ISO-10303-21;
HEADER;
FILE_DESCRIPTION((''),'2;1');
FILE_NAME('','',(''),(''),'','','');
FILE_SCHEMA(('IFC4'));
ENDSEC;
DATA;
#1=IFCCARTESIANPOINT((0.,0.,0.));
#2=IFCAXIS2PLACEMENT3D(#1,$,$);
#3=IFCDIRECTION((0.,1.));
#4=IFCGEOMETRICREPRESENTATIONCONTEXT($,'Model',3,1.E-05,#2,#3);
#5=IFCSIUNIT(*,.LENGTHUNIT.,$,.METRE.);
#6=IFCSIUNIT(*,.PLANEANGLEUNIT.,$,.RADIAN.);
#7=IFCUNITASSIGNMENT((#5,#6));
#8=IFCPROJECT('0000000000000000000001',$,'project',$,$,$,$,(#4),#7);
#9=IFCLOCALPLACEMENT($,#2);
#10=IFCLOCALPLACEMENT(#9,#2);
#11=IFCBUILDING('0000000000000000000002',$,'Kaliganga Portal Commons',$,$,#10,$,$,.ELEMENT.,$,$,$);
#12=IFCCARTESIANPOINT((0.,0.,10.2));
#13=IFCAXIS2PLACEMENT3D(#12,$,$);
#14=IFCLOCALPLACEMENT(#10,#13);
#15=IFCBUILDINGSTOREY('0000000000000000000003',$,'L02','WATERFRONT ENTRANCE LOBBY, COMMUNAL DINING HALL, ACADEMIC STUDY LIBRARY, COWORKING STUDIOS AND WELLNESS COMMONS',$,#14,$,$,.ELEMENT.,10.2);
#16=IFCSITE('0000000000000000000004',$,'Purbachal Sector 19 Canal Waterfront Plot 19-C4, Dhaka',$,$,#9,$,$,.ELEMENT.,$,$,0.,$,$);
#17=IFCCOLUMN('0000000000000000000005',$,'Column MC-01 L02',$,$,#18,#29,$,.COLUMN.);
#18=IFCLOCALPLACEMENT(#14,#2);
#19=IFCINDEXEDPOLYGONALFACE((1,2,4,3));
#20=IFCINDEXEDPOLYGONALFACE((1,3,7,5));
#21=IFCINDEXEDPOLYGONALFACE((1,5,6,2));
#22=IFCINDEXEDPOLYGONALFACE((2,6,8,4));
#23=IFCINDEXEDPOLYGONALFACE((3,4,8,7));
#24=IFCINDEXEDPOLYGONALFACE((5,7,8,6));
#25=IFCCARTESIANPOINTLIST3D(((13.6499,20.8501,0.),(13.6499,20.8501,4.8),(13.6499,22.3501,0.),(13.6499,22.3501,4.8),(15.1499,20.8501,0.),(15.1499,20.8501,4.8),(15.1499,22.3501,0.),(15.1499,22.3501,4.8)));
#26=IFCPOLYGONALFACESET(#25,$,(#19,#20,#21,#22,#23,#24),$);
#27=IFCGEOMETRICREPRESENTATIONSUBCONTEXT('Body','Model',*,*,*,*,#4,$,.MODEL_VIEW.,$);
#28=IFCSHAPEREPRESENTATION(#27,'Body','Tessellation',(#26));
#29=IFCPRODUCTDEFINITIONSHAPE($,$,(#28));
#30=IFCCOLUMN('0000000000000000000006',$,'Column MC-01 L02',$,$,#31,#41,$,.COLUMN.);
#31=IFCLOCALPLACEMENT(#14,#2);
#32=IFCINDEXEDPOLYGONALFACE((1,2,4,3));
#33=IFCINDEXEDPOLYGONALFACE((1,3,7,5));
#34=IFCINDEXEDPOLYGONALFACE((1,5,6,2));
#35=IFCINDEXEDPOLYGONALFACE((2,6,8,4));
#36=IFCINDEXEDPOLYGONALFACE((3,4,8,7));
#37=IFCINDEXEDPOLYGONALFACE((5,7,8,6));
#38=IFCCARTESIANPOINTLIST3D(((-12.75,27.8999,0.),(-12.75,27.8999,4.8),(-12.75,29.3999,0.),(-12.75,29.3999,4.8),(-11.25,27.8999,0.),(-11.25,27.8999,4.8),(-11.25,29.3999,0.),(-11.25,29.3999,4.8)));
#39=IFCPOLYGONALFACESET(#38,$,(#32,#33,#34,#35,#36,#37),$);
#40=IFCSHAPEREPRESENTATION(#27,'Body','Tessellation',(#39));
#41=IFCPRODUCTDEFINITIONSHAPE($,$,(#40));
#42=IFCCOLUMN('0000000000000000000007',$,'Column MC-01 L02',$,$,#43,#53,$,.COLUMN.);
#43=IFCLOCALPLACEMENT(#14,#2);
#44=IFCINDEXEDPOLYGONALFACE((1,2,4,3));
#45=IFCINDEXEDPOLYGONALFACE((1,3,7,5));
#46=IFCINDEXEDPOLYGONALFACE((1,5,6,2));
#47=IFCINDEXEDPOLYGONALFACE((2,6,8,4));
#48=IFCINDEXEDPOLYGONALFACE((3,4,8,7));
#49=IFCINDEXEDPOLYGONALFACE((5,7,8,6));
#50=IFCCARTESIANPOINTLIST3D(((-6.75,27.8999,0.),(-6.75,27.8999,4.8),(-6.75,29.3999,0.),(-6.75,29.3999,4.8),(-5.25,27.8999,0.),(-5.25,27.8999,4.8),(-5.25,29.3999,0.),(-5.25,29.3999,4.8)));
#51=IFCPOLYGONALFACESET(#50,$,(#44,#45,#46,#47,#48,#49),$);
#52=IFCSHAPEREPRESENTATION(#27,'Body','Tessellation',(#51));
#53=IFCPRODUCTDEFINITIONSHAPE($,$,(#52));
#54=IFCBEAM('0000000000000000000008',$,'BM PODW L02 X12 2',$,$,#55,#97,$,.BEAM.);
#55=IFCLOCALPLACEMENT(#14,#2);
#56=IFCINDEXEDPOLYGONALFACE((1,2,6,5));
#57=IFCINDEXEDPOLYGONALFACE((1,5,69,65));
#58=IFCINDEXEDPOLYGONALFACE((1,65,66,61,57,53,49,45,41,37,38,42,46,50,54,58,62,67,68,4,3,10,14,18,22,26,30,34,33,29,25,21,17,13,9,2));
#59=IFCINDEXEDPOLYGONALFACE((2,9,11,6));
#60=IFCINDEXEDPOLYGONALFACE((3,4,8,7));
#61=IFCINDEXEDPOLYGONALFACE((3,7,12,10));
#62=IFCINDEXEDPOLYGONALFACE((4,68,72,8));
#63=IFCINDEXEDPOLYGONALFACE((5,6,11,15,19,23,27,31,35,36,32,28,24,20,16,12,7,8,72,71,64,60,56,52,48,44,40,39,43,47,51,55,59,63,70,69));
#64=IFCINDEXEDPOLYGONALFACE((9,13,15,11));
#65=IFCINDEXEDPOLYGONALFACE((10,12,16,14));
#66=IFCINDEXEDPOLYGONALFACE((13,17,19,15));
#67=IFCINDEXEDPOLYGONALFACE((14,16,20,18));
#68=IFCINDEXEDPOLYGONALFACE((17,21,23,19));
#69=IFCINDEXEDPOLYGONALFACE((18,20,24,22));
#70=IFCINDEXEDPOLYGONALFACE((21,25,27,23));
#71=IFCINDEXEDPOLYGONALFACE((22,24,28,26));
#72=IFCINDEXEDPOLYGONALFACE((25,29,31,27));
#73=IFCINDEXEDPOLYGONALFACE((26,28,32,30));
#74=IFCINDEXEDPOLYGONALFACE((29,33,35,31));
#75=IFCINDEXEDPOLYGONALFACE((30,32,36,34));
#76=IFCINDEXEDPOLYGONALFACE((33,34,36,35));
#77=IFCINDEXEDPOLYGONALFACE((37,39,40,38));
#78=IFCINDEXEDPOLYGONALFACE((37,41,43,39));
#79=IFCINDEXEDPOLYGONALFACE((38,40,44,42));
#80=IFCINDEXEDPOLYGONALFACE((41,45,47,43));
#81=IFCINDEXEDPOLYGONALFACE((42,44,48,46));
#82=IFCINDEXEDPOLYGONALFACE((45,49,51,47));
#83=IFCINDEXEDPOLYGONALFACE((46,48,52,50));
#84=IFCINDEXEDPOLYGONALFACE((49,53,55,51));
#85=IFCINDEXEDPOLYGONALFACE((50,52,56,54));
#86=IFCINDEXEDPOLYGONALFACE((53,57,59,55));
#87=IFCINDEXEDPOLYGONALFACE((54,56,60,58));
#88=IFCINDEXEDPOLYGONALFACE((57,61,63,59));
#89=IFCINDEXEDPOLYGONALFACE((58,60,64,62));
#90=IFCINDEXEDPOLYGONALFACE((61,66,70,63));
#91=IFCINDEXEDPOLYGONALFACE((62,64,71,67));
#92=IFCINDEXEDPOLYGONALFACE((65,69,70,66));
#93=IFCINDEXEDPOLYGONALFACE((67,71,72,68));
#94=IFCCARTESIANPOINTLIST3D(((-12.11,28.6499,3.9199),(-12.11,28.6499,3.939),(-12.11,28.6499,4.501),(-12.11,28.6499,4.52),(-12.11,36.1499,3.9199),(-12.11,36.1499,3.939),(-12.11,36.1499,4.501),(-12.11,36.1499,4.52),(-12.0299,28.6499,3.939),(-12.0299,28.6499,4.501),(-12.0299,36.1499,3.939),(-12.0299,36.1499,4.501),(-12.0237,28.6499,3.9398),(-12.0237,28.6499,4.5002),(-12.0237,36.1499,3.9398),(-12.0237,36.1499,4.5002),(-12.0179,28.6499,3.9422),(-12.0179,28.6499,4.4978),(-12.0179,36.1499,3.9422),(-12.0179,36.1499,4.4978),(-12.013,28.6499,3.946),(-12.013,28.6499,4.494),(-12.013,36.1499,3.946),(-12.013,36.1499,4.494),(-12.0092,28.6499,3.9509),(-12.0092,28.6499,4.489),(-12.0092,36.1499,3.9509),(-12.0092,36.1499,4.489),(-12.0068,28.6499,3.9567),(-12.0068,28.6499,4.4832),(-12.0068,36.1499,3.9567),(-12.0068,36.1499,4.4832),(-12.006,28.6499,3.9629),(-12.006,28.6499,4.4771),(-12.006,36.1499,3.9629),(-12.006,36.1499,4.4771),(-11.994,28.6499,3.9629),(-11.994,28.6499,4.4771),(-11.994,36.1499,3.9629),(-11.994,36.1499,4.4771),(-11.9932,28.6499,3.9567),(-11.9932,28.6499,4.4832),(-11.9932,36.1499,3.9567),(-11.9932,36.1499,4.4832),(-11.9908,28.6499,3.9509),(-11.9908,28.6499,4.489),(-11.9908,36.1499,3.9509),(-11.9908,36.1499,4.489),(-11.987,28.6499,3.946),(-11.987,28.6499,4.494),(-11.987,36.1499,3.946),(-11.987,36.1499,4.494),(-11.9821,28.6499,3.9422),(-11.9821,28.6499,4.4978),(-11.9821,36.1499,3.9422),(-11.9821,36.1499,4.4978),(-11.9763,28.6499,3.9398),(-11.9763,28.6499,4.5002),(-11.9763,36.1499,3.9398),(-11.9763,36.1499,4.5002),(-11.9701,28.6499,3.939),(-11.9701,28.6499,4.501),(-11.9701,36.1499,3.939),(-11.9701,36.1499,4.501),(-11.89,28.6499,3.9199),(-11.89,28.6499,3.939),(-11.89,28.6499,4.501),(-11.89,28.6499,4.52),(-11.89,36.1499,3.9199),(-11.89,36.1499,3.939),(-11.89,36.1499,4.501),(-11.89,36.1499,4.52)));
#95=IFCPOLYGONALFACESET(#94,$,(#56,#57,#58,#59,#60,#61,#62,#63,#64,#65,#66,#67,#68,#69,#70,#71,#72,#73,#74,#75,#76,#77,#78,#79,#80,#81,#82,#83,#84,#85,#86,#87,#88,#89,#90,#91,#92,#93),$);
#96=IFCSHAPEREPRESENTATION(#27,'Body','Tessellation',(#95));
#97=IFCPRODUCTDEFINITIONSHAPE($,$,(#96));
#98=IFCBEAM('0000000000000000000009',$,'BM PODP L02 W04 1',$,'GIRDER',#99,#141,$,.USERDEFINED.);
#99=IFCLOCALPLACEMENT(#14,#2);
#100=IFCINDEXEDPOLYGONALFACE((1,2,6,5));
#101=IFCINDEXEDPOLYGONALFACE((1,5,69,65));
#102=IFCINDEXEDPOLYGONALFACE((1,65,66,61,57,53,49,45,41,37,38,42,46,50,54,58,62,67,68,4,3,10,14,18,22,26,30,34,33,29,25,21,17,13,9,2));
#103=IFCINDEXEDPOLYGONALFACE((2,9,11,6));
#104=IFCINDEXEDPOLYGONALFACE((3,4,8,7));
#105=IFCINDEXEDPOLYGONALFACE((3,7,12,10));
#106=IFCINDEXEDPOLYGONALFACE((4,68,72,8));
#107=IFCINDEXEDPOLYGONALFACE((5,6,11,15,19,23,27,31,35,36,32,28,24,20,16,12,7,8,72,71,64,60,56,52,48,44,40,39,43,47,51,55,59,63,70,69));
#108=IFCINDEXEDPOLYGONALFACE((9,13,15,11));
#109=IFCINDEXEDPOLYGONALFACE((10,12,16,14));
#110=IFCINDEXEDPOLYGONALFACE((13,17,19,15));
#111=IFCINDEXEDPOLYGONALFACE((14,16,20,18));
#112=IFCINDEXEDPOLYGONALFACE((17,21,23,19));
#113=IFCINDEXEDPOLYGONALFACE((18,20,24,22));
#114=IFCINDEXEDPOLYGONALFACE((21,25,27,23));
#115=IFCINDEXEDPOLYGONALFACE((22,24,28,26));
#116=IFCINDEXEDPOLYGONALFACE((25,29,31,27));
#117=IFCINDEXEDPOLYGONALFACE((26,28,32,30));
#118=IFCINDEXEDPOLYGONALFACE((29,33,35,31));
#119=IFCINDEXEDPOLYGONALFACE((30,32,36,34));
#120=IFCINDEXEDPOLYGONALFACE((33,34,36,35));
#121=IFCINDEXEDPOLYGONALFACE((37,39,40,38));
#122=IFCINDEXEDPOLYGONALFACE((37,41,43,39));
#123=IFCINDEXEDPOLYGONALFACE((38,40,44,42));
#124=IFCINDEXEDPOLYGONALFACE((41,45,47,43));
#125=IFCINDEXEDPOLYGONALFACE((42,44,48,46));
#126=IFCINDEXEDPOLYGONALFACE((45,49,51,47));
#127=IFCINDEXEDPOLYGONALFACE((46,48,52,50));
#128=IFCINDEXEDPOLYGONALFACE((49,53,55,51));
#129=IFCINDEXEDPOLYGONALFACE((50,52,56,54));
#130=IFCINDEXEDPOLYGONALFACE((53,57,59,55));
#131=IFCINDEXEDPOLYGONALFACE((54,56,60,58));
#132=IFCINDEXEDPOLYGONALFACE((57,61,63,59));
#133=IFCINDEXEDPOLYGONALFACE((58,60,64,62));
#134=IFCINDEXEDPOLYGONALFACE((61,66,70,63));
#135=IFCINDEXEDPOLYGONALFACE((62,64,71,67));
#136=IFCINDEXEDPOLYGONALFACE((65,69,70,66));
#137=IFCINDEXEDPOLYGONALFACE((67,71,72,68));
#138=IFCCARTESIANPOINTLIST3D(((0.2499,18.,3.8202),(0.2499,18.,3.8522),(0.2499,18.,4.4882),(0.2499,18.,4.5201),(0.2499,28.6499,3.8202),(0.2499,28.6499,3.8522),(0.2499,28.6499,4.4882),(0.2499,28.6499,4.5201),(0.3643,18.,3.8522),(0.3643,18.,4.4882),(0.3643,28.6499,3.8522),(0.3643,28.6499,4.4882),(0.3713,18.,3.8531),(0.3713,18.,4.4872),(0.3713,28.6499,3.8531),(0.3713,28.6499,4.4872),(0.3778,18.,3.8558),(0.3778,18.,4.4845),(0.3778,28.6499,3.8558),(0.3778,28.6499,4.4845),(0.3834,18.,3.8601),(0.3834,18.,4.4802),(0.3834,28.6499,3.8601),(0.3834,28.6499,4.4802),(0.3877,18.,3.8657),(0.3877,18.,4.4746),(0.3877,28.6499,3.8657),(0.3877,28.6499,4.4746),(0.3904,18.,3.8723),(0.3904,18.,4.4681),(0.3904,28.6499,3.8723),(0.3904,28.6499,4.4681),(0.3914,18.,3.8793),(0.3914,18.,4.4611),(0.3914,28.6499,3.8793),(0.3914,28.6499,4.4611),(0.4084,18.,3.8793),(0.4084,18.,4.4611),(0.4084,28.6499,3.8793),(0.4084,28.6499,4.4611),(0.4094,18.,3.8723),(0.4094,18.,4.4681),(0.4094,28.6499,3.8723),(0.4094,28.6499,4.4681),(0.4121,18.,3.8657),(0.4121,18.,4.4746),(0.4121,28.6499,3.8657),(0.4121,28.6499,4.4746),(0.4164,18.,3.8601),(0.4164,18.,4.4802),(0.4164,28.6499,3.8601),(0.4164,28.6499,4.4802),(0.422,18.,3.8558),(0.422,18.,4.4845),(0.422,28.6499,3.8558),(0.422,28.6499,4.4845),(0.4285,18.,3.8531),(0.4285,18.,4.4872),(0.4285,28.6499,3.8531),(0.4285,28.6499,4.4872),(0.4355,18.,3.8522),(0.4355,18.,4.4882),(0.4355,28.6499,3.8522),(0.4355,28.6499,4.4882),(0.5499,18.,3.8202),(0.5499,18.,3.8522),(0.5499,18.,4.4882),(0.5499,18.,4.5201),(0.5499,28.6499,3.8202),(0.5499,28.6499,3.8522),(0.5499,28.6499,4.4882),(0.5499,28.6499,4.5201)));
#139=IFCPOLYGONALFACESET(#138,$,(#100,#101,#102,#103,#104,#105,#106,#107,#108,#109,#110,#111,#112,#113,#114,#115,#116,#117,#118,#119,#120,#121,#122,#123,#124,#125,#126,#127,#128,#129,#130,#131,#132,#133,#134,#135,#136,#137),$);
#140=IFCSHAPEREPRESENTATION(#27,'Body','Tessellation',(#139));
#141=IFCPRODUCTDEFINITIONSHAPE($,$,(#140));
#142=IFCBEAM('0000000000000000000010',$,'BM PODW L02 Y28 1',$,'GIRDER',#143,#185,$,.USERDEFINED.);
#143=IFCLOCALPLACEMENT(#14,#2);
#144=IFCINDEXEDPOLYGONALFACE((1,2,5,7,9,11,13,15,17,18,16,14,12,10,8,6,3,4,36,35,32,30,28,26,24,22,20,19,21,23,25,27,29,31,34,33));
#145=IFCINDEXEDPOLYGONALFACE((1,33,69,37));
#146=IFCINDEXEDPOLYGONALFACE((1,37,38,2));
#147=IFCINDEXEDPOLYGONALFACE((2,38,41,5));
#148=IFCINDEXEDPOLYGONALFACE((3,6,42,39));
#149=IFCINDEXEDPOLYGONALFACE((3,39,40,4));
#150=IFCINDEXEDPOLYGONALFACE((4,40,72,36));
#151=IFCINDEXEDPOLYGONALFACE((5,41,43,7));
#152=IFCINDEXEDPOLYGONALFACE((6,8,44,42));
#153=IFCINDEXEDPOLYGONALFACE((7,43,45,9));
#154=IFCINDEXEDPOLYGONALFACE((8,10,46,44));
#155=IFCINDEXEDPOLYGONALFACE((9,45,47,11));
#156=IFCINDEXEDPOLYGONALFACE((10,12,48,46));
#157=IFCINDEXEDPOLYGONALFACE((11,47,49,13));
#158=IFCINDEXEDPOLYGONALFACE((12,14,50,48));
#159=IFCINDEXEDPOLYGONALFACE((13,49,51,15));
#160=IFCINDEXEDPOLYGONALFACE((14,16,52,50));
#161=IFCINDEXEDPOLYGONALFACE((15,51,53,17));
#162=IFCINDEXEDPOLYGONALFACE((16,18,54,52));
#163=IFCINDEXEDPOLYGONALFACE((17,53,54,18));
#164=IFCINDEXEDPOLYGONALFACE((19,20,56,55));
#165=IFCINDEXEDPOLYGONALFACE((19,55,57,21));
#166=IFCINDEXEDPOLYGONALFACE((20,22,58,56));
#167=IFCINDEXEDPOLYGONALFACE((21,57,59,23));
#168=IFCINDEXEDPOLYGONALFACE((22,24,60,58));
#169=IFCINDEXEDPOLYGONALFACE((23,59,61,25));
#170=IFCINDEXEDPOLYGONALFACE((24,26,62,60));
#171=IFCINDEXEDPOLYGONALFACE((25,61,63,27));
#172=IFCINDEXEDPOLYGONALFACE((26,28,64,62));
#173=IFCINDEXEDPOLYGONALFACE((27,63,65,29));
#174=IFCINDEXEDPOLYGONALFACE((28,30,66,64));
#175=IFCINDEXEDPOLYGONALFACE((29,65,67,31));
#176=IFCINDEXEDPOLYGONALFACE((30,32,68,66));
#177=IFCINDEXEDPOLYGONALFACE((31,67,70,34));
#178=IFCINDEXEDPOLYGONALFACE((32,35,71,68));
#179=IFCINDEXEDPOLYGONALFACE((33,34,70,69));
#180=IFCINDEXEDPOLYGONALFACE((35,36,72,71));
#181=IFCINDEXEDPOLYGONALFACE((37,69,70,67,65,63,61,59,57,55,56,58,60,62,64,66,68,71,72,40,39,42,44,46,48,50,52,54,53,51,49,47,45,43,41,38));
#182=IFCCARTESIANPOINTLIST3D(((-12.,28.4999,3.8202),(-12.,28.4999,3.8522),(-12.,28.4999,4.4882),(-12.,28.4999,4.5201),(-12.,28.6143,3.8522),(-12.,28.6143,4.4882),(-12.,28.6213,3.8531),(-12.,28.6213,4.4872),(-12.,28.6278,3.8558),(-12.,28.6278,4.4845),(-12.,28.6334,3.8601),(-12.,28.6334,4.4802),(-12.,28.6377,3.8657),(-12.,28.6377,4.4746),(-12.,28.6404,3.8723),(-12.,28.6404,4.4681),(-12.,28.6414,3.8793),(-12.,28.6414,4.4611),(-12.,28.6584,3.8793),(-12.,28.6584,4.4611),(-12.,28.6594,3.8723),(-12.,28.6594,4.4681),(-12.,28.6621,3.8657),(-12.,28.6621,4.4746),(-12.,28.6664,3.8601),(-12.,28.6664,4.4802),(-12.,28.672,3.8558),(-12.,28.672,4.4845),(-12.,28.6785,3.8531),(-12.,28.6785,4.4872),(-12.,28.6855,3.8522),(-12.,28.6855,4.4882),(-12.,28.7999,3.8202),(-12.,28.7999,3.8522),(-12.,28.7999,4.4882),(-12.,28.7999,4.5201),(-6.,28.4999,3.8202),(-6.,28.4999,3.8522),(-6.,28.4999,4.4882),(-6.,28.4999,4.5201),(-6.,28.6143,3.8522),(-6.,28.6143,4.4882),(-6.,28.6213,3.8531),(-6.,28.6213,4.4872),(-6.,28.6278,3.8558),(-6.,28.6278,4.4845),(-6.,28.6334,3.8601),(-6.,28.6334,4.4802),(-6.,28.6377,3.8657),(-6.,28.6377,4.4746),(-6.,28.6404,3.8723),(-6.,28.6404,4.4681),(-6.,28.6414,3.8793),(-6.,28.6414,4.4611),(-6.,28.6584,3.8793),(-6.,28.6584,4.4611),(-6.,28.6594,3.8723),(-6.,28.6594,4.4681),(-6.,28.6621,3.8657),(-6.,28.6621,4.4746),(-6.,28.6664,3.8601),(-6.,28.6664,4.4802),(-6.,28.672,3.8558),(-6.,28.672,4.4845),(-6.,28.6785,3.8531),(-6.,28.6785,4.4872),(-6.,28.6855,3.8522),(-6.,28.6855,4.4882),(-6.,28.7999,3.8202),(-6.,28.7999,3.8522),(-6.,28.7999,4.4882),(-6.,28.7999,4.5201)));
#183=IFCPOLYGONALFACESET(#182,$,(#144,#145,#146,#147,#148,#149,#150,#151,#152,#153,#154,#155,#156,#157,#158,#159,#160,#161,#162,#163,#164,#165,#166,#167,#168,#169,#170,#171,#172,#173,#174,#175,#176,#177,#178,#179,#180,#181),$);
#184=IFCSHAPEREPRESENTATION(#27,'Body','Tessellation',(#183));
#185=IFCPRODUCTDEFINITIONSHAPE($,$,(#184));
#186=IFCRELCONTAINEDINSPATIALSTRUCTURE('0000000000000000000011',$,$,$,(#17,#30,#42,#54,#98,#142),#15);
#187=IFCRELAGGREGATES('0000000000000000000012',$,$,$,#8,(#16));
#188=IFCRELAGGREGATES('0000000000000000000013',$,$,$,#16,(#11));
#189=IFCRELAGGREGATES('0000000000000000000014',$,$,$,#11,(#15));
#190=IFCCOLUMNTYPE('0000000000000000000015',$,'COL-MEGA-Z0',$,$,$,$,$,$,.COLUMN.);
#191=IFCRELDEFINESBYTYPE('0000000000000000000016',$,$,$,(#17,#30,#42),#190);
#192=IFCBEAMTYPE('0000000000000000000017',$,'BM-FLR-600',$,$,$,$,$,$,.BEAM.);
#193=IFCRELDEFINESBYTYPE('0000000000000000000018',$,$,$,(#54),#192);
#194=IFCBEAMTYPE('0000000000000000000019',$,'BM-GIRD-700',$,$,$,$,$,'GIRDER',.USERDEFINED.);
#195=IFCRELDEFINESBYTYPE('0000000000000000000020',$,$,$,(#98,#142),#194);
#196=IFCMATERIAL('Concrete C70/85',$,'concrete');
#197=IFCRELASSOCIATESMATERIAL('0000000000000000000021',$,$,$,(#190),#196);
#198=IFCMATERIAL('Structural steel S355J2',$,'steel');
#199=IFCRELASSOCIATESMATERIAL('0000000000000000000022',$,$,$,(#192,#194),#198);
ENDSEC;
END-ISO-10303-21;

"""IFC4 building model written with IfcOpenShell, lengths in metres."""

from ifc_helpers import new_model, si_unit, direction, frame, origin, origin_2d, place, context, subcontext, project, spatial, rectangle, i_section, extrude, source, transform, mapped, material, material_profile, profile_set, type_object, element, save


model = new_model("IFC4")

# Units and contexts
model_context = context("Model", 3, precision=1e-05, world=origin(), true_north=direction((0.0, 1.0)))
body_context = subcontext(model_context, "Body", "Model", "MODEL_VIEW")
ifc_project = project(units=[si_unit("LENGTHUNIT", "METRE"), si_unit("PLANEANGLEUNIT", "RADIAN")], contexts=[model_context])

# Site, building, storey
site_placement = place(None, origin())
site = spatial("IfcSite", under=ifc_project, at=site_placement, Name="Purbachal Sector 19 Canal Waterfront Plot 19-C4, Dhaka", CompositionType="ELEMENT", RefElevation=0.0)
building_placement = place(site_placement, origin())
building = spatial("IfcBuilding", under=site, at=building_placement, Name="Kaliganga Portal Commons", CompositionType="ELEMENT")
storey_placement = place(building_placement, frame((0.0, 0.0, 10.2)))
storey = spatial("IfcBuildingStorey", under=building, at=storey_placement, Name="L02", Description="WATERFRONT ENTRANCE LOBBY, COMMUNAL DINING HALL, ACADEMIC STUDY LIBRARY, COWORKING STUDIOS AND WELLNESS COMMONS", CompositionType="ELEMENT", Elevation=10.2)

# Columns
ifc_material_1 = material(Name="Concrete C70/85", Category="concrete")
ifc_material_profile_1 = material_profile(ifc_material_1, rectangle(XDim=1.5, YDim=1.5, at=origin_2d()), Name="RC 1500x1500")
ifc_profile_set_1 = profile_set([ifc_material_profile_1], Name="Concrete C70/85")
column_type = type_object("IfcColumnType", Name="COL-MEGA-Z0", PredefinedType="COLUMN", material=ifc_profile_set_1)
shared_shape_1 = source(origin(), body_context, "Body", "SweptSolid", [
    extrude(rectangle(XDim=1.5, YDim=1.5, at=origin_2d()), origin(), (0.0, 0.0, 1.0), 4.8),
])
for number, where, z_axis, x_axis, name in (
    (1, (14.3999, 21.6001, 0.0), (0.0, 0.0, 1.0), (1.0, 0.0, 0.0), "Column MC-01 L02"),
    (2, (-12.0, 28.6499, 0.0), (0.0, 0.0, 1.0), (1.0, 0.0, 0.0), "Column MC-01 L02"),
    (3, (-6.0, 28.6499, 0.0), (0.0, 0.0, 1.0), (1.0, 0.0, 0.0), "Column MC-01 L02"),
):
    element("IfcColumn", number, at=place(storey_placement, frame(where, z_axis=z_axis, x_axis=x_axis)), inside=storey, type_object=column_type, Name=name, PredefinedType="COLUMN", context=body_context, shape_type="MappedRepresentation", body=[
        mapped(shared_shape_1, transform((0.0, 0.0, 0.0), x_axis=(1.0, 0.0, 0.0), y_axis=(0.0, 1.0, 0.0), z_axis=(0.0, 0.0, 1.0), scale=1.0)),
    ])

# Beams
ifc_material_2 = material(Name="Structural steel S355J2", Category="steel")
ifc_material_profile_2 = material_profile(ifc_material_2, i_section(OverallWidth=0.22, OverallDepth=0.6001, WebThickness=0.012, FlangeThickness=0.019, FilletRadius=0.0239, at=origin_2d()), Name="IPE 600")
ifc_profile_set_2 = profile_set([ifc_material_profile_2], Name="Structural steel S355J2 wide-flange")
beam_type_1 = type_object("IfcBeamType", Name="BM-FLR-600", PredefinedType="BEAM", material=ifc_profile_set_2)
shared_shape_2 = source(origin(), body_context, "Body", "SweptSolid", [
    extrude(i_section(OverallWidth=0.22, OverallDepth=0.6001, WebThickness=0.012, FlangeThickness=0.019, FilletRadius=0.0239, at=origin_2d()), origin(), (0.0, 0.0, 1.0), 7.5),
])
beam_1_placement = place(storey_placement, frame((-12.0, 28.6499, 4.22), z_axis=(0.0, 1.0, 0.0), x_axis=(-1.0, 0.0, 0.0)))
element("IfcBeam", 4, at=beam_1_placement, inside=storey, type_object=beam_type_1, Name="BM PODW L02 X12 2", PredefinedType="BEAM", context=body_context, shape_type="MappedRepresentation", body=[
    mapped(shared_shape_2, transform((0.0, 0.0, 0.0), x_axis=(1.0, 0.0, 0.0), y_axis=(0.0, 1.0, 0.0), z_axis=(0.0, 0.0, 1.0), scale=1.0)),
])
ifc_material_profile_3 = material_profile(ifc_material_2, i_section(OverallWidth=0.3, OverallDepth=0.7, WebThickness=0.0171, FlangeThickness=0.032, FilletRadius=0.0271, at=origin_2d()), Name="HE 700 B")
ifc_profile_set_3 = profile_set([ifc_material_profile_3], Name="Structural steel S355J2 wide-flange")
beam_type_2 = type_object("IfcBeamType", Name="BM-GIRD-700", ElementType="GIRDER", PredefinedType="USERDEFINED", material=ifc_profile_set_3)
shared_shape_3 = source(origin(), body_context, "Body", "SweptSolid", [
    extrude(i_section(OverallWidth=0.3, OverallDepth=0.7, WebThickness=0.0171, FlangeThickness=0.032, FilletRadius=0.0271, at=origin_2d()), origin(), (0.0, 0.0, 1.0), 10.6499),
])
beam_2_placement = place(storey_placement, frame((0.3999, 18.0, 4.1702), z_axis=(0.0, 1.0, 0.0), x_axis=(-1.0, 0.0, 0.0)))
element("IfcBeam", 5, at=beam_2_placement, inside=storey, type_object=beam_type_2, Name="BM PODP L02 W04 1", ObjectType="GIRDER", PredefinedType="USERDEFINED", context=body_context, shape_type="MappedRepresentation", body=[
    mapped(shared_shape_3, transform((0.0, 0.0, 0.0), x_axis=(1.0, 0.0, 0.0), y_axis=(0.0, 1.0, 0.0), z_axis=(0.0, 0.0, 1.0), scale=1.0)),
])
shared_shape_4 = source(origin(), body_context, "Body", "SweptSolid", [
    extrude(i_section(OverallWidth=0.3, OverallDepth=0.7, WebThickness=0.0171, FlangeThickness=0.032, FilletRadius=0.0271, at=origin_2d()), origin(), (0.0, 0.0, 1.0), 6.0),
])
beam_3_placement = place(storey_placement, frame((-12.0, 28.6499, 4.1702), z_axis=(1.0, 0.0, 0.0), x_axis=(0.0, 1.0, 0.0)))
element("IfcBeam", 6, at=beam_3_placement, inside=storey, type_object=beam_type_2, Name="BM PODW L02 Y28 1", ObjectType="GIRDER", PredefinedType="USERDEFINED", context=body_context, shape_type="MappedRepresentation", body=[
    mapped(shared_shape_4, transform((0.0, 0.0, 0.0), x_axis=(1.0, 0.0, 0.0), y_axis=(0.0, 1.0, 0.0), z_axis=(0.0, 0.0, 1.0), scale=1.0)),
])

save(model, "model.ifc")
